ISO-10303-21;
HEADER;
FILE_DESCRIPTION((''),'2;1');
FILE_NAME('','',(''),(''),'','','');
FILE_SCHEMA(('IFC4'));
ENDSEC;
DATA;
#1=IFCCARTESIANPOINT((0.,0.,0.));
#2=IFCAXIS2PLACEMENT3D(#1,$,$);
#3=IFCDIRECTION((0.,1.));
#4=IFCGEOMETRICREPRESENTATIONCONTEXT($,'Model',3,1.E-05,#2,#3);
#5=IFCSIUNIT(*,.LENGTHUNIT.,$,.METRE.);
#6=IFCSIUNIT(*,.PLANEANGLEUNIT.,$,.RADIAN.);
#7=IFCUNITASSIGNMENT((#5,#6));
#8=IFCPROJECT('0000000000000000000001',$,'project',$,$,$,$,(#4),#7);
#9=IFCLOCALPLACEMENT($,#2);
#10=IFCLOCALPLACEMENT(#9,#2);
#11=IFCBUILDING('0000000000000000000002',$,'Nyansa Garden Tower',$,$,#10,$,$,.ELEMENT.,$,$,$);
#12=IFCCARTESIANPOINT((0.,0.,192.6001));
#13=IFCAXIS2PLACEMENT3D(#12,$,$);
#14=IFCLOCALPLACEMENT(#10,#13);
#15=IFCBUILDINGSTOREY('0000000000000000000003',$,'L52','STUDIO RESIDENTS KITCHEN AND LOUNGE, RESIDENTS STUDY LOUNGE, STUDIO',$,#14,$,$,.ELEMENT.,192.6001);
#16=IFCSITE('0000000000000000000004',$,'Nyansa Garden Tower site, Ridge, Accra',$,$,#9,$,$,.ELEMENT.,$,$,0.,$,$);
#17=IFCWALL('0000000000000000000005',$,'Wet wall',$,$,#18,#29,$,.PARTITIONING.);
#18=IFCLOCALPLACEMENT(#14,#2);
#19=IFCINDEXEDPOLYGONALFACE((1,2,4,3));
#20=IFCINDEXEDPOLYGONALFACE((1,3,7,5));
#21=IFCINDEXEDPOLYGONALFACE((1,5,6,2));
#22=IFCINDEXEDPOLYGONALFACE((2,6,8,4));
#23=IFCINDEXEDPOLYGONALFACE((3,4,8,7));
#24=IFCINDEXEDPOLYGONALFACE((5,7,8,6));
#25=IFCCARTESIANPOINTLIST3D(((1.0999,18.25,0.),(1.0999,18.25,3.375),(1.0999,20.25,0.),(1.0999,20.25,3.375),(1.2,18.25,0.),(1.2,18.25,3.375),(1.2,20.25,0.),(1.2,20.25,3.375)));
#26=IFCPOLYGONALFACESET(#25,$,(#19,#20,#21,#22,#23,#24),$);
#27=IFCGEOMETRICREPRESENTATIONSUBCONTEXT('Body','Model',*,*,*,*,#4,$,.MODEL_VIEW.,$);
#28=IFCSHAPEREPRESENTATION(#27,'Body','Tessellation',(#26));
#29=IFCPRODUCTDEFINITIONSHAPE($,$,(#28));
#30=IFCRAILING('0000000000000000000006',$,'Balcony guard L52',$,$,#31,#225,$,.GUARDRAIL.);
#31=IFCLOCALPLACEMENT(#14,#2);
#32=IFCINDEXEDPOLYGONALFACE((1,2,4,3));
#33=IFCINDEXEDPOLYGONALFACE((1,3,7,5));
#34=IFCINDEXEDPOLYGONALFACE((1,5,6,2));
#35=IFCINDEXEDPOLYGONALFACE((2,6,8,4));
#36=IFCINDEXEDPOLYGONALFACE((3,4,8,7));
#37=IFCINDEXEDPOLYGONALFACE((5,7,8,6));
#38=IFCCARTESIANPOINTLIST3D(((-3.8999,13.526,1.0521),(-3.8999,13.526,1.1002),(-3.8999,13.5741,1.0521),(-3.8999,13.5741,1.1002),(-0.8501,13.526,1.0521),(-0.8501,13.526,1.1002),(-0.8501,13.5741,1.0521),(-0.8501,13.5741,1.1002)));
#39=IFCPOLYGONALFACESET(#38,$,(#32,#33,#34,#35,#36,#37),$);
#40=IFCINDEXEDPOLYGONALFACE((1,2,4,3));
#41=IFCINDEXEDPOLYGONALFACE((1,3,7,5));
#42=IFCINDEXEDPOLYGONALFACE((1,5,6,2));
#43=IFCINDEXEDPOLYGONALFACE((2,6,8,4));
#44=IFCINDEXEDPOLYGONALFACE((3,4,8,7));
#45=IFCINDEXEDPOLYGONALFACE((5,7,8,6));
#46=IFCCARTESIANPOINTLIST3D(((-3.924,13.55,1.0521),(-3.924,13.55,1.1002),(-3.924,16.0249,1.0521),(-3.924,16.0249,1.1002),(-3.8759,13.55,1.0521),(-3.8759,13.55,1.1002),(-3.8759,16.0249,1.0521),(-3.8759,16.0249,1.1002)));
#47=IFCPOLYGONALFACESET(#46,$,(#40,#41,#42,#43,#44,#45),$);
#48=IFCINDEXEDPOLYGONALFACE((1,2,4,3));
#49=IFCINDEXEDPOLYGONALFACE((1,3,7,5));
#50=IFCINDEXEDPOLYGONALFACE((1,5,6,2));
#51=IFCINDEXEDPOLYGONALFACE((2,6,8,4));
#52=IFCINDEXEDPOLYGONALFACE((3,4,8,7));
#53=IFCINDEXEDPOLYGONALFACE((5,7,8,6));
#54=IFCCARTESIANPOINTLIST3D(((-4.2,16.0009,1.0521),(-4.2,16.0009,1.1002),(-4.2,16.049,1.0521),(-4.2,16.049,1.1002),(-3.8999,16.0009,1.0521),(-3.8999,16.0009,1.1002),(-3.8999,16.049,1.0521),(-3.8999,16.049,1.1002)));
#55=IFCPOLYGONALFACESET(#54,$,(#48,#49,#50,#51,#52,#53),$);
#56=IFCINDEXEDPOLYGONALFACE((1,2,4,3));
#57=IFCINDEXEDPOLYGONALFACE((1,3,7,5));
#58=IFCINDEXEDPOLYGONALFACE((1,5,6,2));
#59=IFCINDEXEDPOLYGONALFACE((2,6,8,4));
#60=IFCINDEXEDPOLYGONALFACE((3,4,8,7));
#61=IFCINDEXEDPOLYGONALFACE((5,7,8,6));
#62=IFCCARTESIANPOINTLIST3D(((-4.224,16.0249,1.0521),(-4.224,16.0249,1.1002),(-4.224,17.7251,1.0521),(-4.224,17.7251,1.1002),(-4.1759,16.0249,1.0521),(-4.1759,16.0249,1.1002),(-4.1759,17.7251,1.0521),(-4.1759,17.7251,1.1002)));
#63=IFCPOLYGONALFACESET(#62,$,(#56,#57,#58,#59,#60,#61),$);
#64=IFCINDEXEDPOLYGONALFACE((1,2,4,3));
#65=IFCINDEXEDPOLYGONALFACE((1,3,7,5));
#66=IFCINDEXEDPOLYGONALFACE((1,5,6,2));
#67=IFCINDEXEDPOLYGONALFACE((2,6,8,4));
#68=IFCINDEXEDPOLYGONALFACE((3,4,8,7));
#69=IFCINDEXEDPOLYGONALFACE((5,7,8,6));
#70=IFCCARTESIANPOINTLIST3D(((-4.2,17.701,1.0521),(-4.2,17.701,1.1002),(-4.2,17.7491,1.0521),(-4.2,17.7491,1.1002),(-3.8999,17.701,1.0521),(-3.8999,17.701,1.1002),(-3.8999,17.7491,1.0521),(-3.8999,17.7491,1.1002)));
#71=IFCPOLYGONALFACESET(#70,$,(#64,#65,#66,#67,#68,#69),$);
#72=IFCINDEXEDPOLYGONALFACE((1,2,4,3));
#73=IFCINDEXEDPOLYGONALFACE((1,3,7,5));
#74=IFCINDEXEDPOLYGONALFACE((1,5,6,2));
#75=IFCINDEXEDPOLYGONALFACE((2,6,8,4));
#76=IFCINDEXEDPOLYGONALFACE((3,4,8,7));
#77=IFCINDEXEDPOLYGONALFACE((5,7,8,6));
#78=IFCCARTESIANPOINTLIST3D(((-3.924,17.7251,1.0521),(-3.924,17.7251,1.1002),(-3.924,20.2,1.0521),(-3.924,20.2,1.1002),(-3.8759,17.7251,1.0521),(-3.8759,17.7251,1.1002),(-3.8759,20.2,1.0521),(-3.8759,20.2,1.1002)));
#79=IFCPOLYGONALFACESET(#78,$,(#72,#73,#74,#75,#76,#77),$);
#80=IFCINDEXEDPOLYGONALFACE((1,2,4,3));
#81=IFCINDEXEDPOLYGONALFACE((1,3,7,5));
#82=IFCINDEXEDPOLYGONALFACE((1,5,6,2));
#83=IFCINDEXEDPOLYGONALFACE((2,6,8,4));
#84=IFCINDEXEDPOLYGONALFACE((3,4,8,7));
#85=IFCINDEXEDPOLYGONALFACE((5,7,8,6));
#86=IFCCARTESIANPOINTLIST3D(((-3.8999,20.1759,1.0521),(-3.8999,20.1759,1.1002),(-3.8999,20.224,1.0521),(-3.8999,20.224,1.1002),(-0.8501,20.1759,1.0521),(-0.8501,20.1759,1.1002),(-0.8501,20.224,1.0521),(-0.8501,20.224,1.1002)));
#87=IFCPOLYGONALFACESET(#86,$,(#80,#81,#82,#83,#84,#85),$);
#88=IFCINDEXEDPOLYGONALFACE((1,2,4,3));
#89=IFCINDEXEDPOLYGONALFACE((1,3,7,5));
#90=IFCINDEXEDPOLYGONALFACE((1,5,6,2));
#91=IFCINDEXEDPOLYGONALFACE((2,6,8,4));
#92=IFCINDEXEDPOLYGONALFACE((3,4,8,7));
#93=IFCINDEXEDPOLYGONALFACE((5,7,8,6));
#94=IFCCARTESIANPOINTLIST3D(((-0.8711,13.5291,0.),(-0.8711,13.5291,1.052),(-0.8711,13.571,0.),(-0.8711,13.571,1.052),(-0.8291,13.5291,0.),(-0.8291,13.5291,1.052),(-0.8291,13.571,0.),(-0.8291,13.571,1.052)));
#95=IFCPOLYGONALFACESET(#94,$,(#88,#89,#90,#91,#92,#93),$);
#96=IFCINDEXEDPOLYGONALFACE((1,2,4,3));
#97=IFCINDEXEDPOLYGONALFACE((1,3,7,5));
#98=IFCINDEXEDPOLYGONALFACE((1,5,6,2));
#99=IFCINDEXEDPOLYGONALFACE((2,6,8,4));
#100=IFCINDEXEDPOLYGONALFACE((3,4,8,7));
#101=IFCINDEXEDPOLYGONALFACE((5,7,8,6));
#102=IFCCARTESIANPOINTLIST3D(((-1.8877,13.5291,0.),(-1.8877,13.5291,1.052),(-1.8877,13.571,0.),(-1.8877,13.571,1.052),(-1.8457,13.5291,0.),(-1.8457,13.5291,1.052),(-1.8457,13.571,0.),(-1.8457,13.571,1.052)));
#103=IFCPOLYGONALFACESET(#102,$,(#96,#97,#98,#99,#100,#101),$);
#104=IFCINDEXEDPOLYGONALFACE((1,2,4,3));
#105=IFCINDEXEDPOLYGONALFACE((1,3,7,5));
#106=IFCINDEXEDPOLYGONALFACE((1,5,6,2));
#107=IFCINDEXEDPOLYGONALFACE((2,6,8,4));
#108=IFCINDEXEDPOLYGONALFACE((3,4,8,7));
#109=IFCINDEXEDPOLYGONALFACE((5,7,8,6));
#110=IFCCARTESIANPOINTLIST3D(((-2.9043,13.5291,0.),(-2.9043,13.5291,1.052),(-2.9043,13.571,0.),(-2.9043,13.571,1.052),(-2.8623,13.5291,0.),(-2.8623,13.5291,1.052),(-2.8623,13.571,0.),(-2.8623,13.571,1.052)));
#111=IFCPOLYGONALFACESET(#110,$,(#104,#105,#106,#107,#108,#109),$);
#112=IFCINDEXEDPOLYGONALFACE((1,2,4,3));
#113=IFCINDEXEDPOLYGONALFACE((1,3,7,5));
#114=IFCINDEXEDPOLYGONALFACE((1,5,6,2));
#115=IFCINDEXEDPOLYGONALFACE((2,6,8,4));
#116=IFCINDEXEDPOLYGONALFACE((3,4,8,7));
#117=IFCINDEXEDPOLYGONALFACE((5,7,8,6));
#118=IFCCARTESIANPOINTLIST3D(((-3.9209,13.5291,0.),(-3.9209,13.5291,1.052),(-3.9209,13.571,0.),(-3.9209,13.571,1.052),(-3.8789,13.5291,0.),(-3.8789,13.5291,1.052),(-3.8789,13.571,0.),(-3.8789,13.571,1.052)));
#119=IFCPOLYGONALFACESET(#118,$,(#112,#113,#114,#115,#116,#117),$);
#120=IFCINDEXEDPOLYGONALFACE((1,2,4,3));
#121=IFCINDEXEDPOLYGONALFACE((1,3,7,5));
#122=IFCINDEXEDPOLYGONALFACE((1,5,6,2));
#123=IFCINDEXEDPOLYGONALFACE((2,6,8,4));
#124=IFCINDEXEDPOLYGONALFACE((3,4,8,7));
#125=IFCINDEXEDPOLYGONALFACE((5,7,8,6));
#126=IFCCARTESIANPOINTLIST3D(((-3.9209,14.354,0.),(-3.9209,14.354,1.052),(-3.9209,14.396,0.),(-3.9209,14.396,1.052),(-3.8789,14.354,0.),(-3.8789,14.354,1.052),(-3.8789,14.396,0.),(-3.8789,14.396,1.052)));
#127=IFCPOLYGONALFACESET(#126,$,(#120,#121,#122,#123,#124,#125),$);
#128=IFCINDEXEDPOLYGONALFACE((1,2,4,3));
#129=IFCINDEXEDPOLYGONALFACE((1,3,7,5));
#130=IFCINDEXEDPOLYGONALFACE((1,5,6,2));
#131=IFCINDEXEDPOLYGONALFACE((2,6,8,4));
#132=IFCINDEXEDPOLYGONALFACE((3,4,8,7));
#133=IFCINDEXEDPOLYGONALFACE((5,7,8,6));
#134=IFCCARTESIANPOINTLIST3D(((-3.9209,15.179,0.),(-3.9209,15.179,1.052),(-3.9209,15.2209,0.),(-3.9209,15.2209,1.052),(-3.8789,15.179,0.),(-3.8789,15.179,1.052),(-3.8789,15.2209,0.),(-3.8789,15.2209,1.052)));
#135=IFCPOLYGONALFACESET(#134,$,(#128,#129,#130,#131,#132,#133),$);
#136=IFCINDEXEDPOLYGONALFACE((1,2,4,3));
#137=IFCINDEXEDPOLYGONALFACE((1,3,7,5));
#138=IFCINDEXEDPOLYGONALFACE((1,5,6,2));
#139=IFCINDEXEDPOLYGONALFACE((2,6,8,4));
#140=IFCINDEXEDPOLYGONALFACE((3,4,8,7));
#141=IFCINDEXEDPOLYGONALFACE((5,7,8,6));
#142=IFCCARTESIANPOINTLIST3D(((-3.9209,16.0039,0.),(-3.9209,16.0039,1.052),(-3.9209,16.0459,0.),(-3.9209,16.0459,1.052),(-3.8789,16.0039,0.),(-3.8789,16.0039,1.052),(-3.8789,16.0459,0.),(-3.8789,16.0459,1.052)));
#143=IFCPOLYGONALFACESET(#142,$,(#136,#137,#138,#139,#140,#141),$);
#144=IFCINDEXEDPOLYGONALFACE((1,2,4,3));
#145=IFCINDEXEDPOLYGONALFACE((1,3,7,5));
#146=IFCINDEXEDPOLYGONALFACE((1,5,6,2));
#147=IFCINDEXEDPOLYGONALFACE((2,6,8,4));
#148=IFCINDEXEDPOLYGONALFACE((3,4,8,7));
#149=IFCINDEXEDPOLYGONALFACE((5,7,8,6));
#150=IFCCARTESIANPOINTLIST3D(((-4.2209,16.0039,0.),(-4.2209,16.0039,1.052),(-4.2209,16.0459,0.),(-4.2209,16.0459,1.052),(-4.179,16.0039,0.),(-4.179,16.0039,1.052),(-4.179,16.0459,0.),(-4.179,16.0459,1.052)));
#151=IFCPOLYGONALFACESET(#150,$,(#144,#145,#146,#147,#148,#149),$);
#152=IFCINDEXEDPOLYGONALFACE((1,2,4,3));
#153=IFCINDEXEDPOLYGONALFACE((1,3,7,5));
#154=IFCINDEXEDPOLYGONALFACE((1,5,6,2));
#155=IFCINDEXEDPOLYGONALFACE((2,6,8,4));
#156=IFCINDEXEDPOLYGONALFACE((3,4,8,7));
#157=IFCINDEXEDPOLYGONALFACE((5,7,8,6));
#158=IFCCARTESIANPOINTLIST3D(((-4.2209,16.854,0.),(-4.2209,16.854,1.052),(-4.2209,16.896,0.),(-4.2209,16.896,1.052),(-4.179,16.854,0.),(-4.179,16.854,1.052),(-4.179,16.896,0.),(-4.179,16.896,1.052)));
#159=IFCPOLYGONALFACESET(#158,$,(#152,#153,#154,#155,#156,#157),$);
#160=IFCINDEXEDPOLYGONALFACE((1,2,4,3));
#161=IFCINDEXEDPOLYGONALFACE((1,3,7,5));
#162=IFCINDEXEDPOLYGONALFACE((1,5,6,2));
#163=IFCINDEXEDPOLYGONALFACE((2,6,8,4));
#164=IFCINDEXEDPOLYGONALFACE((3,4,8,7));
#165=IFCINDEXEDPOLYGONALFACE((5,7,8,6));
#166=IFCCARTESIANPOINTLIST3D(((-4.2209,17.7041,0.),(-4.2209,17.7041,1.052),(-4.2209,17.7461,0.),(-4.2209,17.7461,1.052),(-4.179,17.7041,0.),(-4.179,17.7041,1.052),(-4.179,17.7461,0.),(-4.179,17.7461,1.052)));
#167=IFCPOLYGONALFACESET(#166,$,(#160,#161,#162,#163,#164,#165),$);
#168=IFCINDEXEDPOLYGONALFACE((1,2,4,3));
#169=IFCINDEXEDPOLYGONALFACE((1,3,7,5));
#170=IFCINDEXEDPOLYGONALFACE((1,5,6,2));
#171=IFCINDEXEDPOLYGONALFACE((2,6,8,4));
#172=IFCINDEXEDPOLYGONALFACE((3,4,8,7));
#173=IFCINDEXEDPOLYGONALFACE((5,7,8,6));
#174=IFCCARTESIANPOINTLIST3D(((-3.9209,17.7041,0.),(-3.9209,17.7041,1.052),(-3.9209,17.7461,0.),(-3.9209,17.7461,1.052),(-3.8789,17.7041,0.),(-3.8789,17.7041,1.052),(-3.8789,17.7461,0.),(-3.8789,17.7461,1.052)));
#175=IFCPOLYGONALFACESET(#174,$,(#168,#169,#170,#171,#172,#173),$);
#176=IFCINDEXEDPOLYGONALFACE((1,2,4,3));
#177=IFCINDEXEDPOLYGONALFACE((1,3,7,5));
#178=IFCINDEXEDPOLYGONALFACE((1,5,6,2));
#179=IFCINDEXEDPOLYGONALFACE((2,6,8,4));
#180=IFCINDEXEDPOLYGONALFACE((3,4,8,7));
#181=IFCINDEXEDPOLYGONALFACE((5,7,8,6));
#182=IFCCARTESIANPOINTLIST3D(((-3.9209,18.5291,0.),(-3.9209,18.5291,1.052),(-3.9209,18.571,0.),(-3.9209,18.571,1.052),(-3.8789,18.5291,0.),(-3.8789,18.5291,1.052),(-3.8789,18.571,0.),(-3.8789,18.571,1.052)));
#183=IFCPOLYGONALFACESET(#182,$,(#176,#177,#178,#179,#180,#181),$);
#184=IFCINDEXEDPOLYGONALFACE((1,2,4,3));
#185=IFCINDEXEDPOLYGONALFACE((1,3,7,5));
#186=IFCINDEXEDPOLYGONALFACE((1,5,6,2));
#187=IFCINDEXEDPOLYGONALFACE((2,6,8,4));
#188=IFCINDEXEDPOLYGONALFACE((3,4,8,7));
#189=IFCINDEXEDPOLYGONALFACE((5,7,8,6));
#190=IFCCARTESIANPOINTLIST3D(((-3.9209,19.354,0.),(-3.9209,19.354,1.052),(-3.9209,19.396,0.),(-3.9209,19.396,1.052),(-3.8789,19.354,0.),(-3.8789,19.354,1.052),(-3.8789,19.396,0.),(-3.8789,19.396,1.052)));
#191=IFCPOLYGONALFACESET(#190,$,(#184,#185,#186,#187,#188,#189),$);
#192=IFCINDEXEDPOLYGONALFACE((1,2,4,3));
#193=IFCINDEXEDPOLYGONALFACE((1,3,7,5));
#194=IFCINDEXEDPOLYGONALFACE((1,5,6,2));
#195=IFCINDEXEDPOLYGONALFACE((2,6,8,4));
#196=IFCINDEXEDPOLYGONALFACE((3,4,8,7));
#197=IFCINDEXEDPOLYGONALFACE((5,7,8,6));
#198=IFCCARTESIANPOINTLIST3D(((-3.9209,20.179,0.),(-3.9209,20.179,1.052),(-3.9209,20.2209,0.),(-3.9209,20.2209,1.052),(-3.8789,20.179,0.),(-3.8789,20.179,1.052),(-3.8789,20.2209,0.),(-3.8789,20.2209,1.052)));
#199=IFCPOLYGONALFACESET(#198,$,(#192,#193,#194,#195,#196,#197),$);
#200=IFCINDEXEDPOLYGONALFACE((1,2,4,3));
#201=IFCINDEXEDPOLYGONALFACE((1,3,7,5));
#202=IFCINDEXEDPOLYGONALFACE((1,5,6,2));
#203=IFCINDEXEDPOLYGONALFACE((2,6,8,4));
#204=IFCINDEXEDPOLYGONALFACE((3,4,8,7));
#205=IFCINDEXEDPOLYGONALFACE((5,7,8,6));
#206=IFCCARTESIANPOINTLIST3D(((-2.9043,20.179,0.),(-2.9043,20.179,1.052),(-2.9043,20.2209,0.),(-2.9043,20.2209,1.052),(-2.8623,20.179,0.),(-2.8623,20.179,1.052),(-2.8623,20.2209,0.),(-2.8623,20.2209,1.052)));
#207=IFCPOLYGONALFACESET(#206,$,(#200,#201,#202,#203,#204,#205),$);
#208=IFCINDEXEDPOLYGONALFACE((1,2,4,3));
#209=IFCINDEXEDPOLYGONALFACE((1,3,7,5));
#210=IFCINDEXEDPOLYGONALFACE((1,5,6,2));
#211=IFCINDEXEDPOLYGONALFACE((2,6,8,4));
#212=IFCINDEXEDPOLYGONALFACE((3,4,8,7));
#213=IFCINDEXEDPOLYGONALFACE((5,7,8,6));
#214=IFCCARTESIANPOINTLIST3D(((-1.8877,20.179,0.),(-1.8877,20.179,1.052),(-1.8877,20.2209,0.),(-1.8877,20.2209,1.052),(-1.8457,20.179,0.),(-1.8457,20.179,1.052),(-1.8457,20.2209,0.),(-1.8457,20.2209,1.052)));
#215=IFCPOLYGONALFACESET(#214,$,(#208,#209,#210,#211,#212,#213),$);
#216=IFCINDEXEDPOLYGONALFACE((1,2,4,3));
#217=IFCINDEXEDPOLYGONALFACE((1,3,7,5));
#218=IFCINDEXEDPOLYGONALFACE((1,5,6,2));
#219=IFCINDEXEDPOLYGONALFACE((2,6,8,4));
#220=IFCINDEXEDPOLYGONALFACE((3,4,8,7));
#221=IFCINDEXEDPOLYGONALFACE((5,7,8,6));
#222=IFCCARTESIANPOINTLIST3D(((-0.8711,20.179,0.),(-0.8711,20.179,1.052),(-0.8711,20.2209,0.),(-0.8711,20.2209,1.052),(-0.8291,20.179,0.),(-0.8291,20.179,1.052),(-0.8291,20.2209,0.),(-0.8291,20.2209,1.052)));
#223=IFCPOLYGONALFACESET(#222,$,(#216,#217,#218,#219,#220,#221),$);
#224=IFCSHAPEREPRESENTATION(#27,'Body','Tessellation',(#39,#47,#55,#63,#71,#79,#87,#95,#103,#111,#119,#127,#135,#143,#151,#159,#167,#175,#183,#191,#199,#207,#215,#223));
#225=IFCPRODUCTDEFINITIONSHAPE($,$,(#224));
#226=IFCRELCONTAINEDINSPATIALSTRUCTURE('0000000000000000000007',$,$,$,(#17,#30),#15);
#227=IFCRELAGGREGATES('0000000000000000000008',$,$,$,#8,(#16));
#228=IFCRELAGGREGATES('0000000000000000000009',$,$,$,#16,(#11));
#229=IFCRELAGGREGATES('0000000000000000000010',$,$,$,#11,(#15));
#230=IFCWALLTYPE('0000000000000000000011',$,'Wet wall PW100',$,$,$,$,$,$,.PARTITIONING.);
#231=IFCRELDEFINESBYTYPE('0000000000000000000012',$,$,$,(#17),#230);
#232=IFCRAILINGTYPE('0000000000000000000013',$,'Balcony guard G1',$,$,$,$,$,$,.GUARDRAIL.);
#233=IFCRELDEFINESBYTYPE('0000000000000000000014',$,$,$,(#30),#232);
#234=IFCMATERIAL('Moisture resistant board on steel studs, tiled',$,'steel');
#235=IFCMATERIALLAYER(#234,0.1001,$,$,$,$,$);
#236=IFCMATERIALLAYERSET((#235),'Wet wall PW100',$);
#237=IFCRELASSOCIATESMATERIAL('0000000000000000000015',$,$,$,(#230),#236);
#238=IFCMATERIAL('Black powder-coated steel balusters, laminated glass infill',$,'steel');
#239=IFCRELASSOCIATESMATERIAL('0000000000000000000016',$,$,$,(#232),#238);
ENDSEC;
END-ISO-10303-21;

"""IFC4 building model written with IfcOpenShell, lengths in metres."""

from ifc_helpers import new_model, si_unit, direction, frame, frame_2d, origin, origin_2d, place, context, subcontext, project, spatial, rectangle, extrude, material, layer, layer_set, type_object, element, save


model = new_model("IFC4")

# Units and contexts
model_context = context("Model", 3, precision=1e-05, world=origin(), true_north=direction((0.0, 1.0)))
body_context = subcontext(model_context, "Body", "Model", "MODEL_VIEW")
ifc_project = project(units=[si_unit("LENGTHUNIT", "METRE"), si_unit("PLANEANGLEUNIT", "RADIAN")], contexts=[model_context])

# Site, building, storey
site_placement = place(None, origin())
site = spatial("IfcSite", under=ifc_project, at=site_placement, Name="Nyansa Garden Tower site, Ridge, Accra", CompositionType="ELEMENT", RefElevation=0.0)
building_placement = place(site_placement, origin())
building = spatial("IfcBuilding", under=site, at=building_placement, Name="Nyansa Garden Tower", CompositionType="ELEMENT")
storey_placement = place(building_placement, frame((0.0, 0.0, 192.6001)))
storey = spatial("IfcBuildingStorey", under=building, at=storey_placement, Name="L52", Description="STUDIO RESIDENTS KITCHEN AND LOUNGE, RESIDENTS STUDY LOUNGE, STUDIO", CompositionType="ELEMENT", Elevation=192.6001)

# Shared definitions
ifc_material_1 = material(Name="Moisture resistant board on steel studs, tiled", Category="steel")
ifc_layer_1 = layer(ifc_material_1, 0.1001)
ifc_layer_set_1 = layer_set([ifc_layer_1], Name="Wet wall PW100")
wall_type_1 = type_object("IfcWallType", Name="Wet wall PW100", PredefinedType="PARTITIONING", material=ifc_layer_set_1)

# Wall
wall_1_placement = place(storey_placement, frame((1.1499, 18.25, 0.0), z_axis=(0.0, 0.0, 1.0), x_axis=(0.0, 1.0, 0.0)))
element("IfcWall", 1, at=wall_1_placement, inside=storey, type_object=wall_type_1, Name="Wet wall", PredefinedType="PARTITIONING", context=body_context, shape_type="SweptSolid", body=[
    extrude(rectangle(XDim=2.0, YDim=0.1001, at=frame_2d((1.0, 0.0))), origin(), (0.0, 0.0, 1.0), 3.375),
])

# Railing
ifc_material_2 = material(Name="Black powder-coated steel balusters, laminated glass infill", Category="steel")
railing_type = type_object("IfcRailingType", Name="Balcony guard G1", PredefinedType="GUARDRAIL", material=ifc_material_2)
railing_placement = place(storey_placement, frame((-0.8501, 13.55, 0.0)))
element("IfcRailing", 2, at=railing_placement, inside=storey, type_object=railing_type, Name="Balcony guard L52", PredefinedType="GUARDRAIL", context=body_context, shape_type="SweptSolid", body=[
    extrude(rectangle(XDim=0.0481, YDim=0.0481, at=origin_2d()), frame((0.0, 0.0, 1.0762), z_axis=(-1.0, 0.0, 0.0), x_axis=(0.0, -1.0, 0.0)), (0.0, 0.0, 1.0), 3.0498),
    extrude(rectangle(XDim=0.0481, YDim=0.0481, at=origin_2d()), frame((-3.0498, 0.0, 1.0762), z_axis=(0.0, 1.0, 0.0), x_axis=(-1.0, 0.0, 0.0)), (0.0, 0.0, 1.0), 2.4749),
    extrude(rectangle(XDim=0.0481, YDim=0.0481, at=origin_2d()), frame((-3.0498, 2.4749, 1.0762), z_axis=(-1.0, 0.0, 0.0), x_axis=(0.0, -1.0, 0.0)), (0.0, 0.0, 1.0), 0.3),
    extrude(rectangle(XDim=0.0481, YDim=0.0481, at=origin_2d()), frame((-3.3499, 2.4749, 1.0762), z_axis=(0.0, 1.0, 0.0), x_axis=(-1.0, 0.0, 0.0)), (0.0, 0.0, 1.0), 1.7002),
    extrude(rectangle(XDim=0.0481, YDim=0.0481, at=origin_2d()), frame((-3.3499, 4.175, 1.0762), z_axis=(1.0, 0.0, 0.0), x_axis=(0.0, 1.0, 0.0)), (0.0, 0.0, 1.0), 0.3),
    extrude(rectangle(XDim=0.0481, YDim=0.0481, at=origin_2d()), frame((-3.0498, 4.175, 1.0762), z_axis=(0.0, 1.0, 0.0), x_axis=(-1.0, 0.0, 0.0)), (0.0, 0.0, 1.0), 2.4749),
    extrude(rectangle(XDim=0.0481, YDim=0.0481, at=origin_2d()), frame((-3.0498, 6.6499, 1.0762), z_axis=(1.0, 0.0, 0.0), x_axis=(0.0, 1.0, 0.0)), (0.0, 0.0, 1.0), 3.0498),
    extrude(rectangle(XDim=0.042, YDim=0.042, at=origin_2d()), origin(), (0.0, 0.0, 1.0), 1.052),
    extrude(rectangle(XDim=0.042, YDim=0.042, at=origin_2d()), frame((-1.0166, 0.0, 0.0)), (0.0, 0.0, 1.0), 1.052),
    extrude(rectangle(XDim=0.042, YDim=0.042, at=origin_2d()), frame((-2.0332, 0.0, 0.0)), (0.0, 0.0, 1.0), 1.052),
    extrude(rectangle(XDim=0.042, YDim=0.042, at=origin_2d()), frame((-3.0498, 0.0, 0.0)), (0.0, 0.0, 1.0), 1.052),
    extrude(rectangle(XDim=0.042, YDim=0.042, at=origin_2d()), frame((-3.0498, 0.825, 0.0)), (0.0, 0.0, 1.0), 1.052),
    extrude(rectangle(XDim=0.042, YDim=0.042, at=origin_2d()), frame((-3.0498, 1.6499, 0.0)), (0.0, 0.0, 1.0), 1.052),
    extrude(rectangle(XDim=0.042, YDim=0.042, at=origin_2d()), frame((-3.0498, 2.4749, 0.0)), (0.0, 0.0, 1.0), 1.052),
    extrude(rectangle(XDim=0.042, YDim=0.042, at=origin_2d()), frame((-3.3499, 2.4749, 0.0)), (0.0, 0.0, 1.0), 1.052),
    extrude(rectangle(XDim=0.042, YDim=0.042, at=origin_2d()), frame((-3.3499, 3.325, 0.0)), (0.0, 0.0, 1.0), 1.052),
    extrude(rectangle(XDim=0.042, YDim=0.042, at=origin_2d()), frame((-3.3499, 4.175, 0.0)), (0.0, 0.0, 1.0), 1.052),
    extrude(rectangle(XDim=0.042, YDim=0.042, at=origin_2d()), frame((-3.0498, 4.175, 0.0)), (0.0, 0.0, 1.0), 1.052),
    extrude(rectangle(XDim=0.042, YDim=0.042, at=origin_2d()), frame((-3.0498, 5.0, 0.0)), (0.0, 0.0, 1.0), 1.052),
    extrude(rectangle(XDim=0.042, YDim=0.042, at=origin_2d()), frame((-3.0498, 5.825, 0.0)), (0.0, 0.0, 1.0), 1.052),
    extrude(rectangle(XDim=0.042, YDim=0.042, at=origin_2d()), frame((-3.0498, 6.6499, 0.0)), (0.0, 0.0, 1.0), 1.052),
    extrude(rectangle(XDim=0.042, YDim=0.042, at=origin_2d()), frame((-2.0332, 6.6499, 0.0)), (0.0, 0.0, 1.0), 1.052),
    extrude(rectangle(XDim=0.042, YDim=0.042, at=origin_2d()), frame((-1.0166, 6.6499, 0.0)), (0.0, 0.0, 1.0), 1.052),
    extrude(rectangle(XDim=0.042, YDim=0.042, at=origin_2d()), frame((0.0, 6.6499, 0.0)), (0.0, 0.0, 1.0), 1.052),
])

save(model, "model.ifc")
